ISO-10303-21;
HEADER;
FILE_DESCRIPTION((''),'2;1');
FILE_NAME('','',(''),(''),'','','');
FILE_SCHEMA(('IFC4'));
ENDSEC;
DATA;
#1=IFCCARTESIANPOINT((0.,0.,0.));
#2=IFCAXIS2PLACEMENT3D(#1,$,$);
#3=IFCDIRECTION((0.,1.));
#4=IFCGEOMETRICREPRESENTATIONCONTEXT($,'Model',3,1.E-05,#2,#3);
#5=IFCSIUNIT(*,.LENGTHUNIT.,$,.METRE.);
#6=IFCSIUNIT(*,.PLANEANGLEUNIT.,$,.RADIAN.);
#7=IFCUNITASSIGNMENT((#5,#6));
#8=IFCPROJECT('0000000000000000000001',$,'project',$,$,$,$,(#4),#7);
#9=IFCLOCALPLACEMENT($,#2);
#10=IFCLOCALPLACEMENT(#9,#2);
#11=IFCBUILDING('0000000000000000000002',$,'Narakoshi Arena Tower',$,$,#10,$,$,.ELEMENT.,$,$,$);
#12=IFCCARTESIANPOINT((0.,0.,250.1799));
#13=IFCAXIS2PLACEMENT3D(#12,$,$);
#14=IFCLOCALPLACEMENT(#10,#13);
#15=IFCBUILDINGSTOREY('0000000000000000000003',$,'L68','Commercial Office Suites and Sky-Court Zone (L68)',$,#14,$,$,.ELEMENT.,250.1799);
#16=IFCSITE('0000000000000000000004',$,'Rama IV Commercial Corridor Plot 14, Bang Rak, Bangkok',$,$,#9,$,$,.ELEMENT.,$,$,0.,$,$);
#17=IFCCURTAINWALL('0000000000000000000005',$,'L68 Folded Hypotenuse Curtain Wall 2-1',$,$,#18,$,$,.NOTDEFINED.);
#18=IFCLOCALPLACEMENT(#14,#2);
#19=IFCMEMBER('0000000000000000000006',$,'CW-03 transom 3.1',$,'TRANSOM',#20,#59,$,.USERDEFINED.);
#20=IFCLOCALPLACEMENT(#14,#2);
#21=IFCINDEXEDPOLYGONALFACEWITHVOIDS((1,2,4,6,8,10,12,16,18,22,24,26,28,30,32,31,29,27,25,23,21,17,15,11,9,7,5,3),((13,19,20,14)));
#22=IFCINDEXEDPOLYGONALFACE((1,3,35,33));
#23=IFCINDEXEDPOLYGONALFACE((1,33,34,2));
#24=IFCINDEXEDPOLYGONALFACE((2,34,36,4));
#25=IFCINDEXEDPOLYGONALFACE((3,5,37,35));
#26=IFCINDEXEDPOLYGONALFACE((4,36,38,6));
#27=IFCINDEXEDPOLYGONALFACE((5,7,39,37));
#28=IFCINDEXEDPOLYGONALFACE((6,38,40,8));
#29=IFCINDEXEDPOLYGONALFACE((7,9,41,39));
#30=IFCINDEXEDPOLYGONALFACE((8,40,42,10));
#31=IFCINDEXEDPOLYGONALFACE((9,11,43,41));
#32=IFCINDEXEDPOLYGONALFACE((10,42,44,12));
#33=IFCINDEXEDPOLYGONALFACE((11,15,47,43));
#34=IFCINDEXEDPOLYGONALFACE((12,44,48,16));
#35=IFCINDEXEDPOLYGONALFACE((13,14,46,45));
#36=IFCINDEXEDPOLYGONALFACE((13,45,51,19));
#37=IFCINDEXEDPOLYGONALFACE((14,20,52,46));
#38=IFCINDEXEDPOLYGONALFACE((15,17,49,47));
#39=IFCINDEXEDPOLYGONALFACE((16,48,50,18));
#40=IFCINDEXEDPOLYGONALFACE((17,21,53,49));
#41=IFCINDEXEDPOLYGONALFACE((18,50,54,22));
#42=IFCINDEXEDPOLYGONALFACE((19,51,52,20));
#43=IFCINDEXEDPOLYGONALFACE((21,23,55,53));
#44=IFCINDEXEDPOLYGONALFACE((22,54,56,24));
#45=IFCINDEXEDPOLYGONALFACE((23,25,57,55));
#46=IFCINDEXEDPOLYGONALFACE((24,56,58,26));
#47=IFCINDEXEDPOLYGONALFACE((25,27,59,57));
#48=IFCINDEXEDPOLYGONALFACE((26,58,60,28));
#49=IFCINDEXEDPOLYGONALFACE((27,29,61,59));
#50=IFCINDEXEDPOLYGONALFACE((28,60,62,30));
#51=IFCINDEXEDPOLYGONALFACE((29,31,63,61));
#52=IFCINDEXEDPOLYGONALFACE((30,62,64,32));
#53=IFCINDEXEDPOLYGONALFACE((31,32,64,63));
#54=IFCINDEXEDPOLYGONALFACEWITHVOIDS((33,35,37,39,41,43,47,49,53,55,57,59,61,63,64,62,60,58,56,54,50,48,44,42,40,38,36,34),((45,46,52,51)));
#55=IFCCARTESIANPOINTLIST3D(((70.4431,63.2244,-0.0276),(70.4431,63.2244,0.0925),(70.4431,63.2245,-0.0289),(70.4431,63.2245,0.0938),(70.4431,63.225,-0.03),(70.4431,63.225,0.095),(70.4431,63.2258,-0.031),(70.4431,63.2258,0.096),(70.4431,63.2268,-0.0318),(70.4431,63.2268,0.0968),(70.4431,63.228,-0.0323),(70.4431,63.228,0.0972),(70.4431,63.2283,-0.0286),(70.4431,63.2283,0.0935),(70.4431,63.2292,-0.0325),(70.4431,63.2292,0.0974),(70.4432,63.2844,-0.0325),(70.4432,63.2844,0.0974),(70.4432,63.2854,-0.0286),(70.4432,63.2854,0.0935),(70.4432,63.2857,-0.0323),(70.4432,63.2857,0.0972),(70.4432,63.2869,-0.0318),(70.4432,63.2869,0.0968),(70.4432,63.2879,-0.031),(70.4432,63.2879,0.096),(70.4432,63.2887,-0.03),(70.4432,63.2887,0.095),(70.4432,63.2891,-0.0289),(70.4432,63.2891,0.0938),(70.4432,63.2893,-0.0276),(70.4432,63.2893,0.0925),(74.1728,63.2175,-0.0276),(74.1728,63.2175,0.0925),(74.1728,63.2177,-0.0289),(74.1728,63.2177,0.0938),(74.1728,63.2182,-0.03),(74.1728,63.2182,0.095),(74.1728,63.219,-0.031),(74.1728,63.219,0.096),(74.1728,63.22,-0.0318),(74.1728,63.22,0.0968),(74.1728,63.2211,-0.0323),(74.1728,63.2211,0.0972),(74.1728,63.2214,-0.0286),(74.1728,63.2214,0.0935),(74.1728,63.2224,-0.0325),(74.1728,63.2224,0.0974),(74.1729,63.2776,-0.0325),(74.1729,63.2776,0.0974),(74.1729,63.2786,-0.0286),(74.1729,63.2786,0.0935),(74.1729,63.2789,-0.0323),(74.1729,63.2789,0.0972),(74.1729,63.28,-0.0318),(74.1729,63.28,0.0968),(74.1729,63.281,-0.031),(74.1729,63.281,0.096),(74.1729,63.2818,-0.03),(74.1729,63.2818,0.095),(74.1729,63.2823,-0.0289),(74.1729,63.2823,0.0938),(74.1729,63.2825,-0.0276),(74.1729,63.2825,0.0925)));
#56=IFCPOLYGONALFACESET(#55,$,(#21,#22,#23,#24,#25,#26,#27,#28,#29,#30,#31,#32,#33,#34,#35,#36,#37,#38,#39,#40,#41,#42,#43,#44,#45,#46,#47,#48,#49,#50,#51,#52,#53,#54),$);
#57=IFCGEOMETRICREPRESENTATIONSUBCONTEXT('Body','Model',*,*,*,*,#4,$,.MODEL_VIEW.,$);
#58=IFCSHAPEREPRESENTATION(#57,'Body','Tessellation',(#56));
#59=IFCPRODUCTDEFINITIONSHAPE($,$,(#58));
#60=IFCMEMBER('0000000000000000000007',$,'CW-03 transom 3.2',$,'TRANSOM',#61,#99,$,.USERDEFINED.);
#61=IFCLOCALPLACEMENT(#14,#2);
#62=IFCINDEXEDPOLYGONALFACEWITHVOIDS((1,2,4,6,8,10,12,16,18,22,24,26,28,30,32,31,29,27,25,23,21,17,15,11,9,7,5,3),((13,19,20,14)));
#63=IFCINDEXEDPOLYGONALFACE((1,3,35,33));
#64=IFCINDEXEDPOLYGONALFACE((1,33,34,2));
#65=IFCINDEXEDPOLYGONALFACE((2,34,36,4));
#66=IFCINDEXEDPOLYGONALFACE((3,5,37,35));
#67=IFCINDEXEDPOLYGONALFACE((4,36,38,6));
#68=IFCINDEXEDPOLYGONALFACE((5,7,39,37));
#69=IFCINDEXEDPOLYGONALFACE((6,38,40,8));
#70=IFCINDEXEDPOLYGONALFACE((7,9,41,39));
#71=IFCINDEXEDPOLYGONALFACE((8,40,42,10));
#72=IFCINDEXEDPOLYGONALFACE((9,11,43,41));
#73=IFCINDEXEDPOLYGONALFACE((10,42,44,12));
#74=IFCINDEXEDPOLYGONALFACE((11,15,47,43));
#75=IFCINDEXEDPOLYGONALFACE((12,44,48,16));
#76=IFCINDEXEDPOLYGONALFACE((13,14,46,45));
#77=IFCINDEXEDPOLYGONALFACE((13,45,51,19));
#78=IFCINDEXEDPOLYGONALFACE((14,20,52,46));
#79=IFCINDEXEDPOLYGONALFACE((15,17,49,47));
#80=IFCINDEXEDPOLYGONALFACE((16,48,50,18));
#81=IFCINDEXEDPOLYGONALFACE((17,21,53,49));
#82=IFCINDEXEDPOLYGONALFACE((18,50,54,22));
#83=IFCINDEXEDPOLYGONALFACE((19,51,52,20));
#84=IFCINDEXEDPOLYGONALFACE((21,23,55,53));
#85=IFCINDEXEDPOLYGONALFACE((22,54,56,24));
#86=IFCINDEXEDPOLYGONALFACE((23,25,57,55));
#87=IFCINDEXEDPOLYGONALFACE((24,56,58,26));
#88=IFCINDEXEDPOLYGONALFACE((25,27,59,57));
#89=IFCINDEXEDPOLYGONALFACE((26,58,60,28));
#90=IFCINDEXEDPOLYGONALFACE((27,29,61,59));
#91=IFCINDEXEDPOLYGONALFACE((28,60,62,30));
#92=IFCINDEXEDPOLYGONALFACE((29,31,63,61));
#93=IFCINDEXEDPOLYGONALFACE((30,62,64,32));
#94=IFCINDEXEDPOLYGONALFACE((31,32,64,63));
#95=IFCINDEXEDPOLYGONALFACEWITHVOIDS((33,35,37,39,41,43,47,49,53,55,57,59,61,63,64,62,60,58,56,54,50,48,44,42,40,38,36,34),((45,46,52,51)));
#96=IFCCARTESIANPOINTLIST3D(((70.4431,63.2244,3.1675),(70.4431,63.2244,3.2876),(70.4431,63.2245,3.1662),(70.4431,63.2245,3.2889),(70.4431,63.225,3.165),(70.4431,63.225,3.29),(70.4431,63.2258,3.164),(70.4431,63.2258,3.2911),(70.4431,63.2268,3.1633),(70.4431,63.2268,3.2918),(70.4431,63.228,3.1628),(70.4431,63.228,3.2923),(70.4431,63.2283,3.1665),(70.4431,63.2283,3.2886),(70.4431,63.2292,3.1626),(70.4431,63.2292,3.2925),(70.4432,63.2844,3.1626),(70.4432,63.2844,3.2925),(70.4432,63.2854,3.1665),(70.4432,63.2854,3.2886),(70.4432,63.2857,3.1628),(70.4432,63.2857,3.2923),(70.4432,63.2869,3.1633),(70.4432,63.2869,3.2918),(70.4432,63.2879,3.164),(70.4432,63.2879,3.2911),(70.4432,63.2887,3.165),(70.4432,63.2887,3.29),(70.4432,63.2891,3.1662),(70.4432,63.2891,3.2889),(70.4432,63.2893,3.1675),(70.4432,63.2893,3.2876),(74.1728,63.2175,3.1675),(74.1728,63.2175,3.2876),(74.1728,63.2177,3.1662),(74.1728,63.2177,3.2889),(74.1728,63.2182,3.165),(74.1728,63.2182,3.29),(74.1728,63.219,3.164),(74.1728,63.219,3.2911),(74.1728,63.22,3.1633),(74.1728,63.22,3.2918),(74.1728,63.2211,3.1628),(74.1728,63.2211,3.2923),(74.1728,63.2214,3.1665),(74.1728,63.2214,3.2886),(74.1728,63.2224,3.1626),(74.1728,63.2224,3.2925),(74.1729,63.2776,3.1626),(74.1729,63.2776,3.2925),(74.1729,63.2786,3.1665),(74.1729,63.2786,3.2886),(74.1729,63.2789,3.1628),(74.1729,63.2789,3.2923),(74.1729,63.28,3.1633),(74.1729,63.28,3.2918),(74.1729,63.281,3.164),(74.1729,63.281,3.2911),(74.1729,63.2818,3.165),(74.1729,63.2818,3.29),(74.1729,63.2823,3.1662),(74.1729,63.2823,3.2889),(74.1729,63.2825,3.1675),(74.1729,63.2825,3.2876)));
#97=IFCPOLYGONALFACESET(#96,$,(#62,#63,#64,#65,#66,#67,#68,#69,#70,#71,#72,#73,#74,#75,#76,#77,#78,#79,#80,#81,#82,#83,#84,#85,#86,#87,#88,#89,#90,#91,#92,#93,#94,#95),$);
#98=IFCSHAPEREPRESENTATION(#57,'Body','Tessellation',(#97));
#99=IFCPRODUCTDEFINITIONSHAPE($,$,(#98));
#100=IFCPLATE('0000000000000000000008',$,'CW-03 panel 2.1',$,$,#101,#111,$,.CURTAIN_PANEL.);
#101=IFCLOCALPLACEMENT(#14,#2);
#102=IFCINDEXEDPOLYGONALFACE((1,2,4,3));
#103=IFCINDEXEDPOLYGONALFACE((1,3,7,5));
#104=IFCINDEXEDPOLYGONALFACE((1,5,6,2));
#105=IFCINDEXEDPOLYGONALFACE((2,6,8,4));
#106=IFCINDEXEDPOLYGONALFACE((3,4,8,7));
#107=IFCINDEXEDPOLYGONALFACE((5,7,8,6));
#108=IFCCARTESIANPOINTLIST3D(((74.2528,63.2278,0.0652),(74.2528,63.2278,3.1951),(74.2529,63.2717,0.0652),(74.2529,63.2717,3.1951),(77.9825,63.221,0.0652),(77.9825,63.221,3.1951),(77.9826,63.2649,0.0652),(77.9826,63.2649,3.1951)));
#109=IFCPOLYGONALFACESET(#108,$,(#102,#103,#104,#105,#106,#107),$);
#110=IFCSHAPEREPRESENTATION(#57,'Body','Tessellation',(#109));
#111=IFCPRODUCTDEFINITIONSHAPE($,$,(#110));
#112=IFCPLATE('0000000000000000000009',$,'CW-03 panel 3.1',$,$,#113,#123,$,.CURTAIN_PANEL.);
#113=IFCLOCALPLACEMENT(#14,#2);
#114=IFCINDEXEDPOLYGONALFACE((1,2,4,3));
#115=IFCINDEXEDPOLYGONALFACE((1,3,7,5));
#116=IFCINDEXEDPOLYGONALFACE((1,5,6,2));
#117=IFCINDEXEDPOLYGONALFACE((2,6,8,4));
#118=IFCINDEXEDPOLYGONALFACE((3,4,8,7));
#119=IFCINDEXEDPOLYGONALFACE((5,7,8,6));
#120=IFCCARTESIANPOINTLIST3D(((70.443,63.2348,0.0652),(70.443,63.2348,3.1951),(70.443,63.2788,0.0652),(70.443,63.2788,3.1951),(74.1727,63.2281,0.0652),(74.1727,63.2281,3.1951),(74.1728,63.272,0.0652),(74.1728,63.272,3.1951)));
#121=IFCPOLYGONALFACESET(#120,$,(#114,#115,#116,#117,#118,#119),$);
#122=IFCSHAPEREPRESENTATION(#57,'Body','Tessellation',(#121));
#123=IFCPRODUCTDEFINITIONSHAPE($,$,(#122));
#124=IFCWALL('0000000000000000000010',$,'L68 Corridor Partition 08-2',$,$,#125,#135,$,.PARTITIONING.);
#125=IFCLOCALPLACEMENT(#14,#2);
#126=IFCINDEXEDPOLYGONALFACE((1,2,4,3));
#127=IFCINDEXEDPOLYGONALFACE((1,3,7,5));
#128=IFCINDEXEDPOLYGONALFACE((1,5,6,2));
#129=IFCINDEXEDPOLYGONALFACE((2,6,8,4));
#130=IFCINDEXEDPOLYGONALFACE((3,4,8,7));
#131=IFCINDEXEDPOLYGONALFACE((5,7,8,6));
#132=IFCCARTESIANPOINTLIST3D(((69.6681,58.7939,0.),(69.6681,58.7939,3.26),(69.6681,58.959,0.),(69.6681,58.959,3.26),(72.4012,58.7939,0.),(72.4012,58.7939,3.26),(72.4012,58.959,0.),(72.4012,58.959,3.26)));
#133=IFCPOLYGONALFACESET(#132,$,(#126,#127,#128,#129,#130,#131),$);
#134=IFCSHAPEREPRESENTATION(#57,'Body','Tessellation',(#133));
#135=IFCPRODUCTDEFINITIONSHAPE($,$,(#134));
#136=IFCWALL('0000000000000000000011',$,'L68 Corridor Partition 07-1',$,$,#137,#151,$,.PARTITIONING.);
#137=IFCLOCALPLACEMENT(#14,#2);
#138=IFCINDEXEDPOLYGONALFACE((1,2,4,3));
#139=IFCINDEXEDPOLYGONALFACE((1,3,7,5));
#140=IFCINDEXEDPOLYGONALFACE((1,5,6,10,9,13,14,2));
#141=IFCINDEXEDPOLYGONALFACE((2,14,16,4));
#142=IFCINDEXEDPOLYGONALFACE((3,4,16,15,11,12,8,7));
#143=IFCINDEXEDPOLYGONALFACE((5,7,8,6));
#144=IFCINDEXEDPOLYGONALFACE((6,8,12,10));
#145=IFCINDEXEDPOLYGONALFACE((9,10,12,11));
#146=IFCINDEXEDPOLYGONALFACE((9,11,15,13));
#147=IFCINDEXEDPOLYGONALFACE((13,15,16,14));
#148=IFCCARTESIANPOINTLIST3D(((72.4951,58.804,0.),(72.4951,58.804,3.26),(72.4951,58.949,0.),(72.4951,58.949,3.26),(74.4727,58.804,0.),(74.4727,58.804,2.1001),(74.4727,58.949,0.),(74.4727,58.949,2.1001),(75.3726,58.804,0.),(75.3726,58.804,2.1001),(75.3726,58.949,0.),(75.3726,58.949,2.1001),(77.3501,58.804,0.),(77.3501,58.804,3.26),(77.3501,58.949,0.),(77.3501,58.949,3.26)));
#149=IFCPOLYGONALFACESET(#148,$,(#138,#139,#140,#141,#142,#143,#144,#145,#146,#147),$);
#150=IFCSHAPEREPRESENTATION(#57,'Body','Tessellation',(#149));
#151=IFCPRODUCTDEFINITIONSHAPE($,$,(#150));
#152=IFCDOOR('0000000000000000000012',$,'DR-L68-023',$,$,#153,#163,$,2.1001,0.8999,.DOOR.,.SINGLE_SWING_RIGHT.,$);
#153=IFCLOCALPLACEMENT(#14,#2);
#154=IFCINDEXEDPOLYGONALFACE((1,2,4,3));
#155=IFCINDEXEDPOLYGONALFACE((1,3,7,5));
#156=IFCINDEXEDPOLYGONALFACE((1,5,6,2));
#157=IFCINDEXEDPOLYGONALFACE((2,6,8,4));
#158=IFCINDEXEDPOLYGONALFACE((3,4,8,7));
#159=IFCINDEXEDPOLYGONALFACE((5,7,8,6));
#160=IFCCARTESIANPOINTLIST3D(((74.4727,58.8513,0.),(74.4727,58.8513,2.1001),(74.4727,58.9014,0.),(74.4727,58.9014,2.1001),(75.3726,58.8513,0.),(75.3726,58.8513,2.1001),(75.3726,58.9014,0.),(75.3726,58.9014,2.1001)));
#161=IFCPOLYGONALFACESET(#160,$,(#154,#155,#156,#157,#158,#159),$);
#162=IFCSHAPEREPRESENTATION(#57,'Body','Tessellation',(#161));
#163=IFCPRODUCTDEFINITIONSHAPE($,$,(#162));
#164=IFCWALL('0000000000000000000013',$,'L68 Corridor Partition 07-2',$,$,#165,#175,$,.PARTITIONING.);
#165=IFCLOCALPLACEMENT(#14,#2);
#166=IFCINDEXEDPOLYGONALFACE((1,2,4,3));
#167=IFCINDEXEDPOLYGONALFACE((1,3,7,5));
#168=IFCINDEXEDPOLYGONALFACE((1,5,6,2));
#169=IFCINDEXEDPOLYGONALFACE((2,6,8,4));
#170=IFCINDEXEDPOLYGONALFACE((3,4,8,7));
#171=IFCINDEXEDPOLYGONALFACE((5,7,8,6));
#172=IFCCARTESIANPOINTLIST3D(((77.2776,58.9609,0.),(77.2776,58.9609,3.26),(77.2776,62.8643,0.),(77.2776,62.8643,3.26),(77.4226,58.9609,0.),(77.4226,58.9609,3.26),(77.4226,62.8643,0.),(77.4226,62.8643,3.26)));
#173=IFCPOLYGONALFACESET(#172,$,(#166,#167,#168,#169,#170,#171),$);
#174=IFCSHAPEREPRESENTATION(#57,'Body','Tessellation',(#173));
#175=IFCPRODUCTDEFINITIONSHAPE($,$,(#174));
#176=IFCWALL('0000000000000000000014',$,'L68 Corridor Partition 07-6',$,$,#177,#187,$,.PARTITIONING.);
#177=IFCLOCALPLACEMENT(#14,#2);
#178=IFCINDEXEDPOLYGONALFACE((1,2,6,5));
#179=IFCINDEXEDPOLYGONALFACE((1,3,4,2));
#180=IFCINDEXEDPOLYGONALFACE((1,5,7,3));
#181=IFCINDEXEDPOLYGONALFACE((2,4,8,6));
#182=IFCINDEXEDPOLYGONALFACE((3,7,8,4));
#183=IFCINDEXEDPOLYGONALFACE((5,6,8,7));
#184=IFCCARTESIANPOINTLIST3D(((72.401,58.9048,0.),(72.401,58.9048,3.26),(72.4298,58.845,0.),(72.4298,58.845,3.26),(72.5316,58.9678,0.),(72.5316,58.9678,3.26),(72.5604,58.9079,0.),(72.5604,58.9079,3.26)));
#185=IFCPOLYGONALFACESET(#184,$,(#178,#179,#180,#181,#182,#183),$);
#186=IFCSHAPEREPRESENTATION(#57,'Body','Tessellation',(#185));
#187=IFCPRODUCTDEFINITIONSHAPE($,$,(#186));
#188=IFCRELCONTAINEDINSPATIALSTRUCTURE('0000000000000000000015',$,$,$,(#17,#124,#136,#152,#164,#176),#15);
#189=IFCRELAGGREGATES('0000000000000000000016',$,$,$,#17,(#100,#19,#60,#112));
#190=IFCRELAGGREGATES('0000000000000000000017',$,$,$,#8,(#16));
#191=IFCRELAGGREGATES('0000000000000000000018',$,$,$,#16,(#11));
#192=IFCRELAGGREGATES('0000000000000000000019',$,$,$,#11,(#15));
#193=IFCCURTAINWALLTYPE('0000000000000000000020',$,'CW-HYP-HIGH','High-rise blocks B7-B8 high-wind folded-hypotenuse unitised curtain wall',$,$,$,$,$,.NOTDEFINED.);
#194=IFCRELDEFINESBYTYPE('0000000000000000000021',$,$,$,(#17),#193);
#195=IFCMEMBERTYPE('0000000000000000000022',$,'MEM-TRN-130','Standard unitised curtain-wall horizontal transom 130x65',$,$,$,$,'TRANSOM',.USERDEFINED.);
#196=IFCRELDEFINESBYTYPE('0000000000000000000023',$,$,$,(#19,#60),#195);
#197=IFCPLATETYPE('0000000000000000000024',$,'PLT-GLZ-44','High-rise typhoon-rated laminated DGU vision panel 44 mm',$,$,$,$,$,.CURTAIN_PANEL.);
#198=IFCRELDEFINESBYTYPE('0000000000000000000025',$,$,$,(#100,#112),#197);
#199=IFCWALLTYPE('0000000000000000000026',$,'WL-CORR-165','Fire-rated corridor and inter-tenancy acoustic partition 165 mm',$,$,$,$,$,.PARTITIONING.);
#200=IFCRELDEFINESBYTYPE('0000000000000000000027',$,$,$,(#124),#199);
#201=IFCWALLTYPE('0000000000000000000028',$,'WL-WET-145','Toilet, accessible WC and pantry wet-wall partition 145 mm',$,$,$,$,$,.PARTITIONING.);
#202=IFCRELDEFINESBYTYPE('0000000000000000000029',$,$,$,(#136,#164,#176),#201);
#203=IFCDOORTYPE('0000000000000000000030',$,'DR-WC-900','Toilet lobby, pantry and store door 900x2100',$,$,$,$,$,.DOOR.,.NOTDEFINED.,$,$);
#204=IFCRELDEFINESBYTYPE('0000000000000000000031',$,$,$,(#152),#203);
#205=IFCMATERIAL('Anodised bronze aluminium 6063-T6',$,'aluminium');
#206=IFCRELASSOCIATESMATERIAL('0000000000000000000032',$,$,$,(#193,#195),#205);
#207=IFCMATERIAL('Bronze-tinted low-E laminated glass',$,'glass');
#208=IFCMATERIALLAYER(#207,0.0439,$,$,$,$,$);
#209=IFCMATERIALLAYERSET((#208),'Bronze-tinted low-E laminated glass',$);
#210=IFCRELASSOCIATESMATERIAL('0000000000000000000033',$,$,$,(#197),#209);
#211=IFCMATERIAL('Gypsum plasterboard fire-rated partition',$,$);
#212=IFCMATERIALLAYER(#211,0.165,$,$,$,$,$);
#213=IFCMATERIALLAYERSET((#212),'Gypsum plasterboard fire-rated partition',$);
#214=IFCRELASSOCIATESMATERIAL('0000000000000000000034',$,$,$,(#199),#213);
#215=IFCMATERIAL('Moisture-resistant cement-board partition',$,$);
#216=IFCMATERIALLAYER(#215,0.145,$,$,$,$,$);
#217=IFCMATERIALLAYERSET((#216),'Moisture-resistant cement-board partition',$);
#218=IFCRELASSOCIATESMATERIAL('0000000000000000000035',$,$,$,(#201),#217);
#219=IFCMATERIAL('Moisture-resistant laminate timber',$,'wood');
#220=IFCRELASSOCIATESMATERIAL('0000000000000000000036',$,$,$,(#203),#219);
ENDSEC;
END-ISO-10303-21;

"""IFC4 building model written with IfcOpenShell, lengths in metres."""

from ifc_helpers import new_model, si_unit, direction, frame, frame_2d, origin, origin_2d, place, context, subcontext, project, spatial, rectangle, hollow_rectangle, extrude, material, layer, layer_set, material_profile, profile_set, type_object, element, fill, aggregate, save


model = new_model("IFC4")

# Units and contexts
model_context = context("Model", 3, precision=1e-05, world=origin(), true_north=direction((0.0, 1.0)))
body_context = subcontext(model_context, "Body", "Model", "MODEL_VIEW")
ifc_project = project(units=[si_unit("LENGTHUNIT", "METRE"), si_unit("PLANEANGLEUNIT", "RADIAN")], contexts=[model_context])

# Site, building, storey
site_placement = place(None, origin())
site = spatial("IfcSite", under=ifc_project, at=site_placement, Name="Rama IV Commercial Corridor Plot 14, Bang Rak, Bangkok", CompositionType="ELEMENT", RefElevation=0.0)
building_placement = place(site_placement, origin())
building = spatial("IfcBuilding", under=site, at=building_placement, Name="Narakoshi Arena Tower", CompositionType="ELEMENT")
storey_placement = place(building_placement, frame((0.0, 0.0, 250.1799)))
storey = spatial("IfcBuildingStorey", under=building, at=storey_placement, Name="L68", Description="Commercial Office Suites and Sky-Court Zone (L68)", CompositionType="ELEMENT", Elevation=250.1799)

# Curtain wall, members, plates
ifc_material_1 = material(Name="Anodised bronze aluminium 6063-T6", Category="aluminium")
curtain_wall_type = type_object("IfcCurtainWallType", Name="CW-HYP-HIGH", Description="High-rise blocks B7-B8 high-wind folded-hypotenuse unitised curtain wall", PredefinedType="NOTDEFINED", material=ifc_material_1)
curtain_wall_placement = place(storey_placement, origin())
curtain_wall = element("IfcCurtainWall", 1, at=curtain_wall_placement, inside=storey, type_object=curtain_wall_type, Name="L68 Folded Hypotenuse Curtain Wall 2-1", PredefinedType="NOTDEFINED")
ifc_material_profile_1 = material_profile(ifc_material_1, hollow_rectangle(XDim=0.0649, YDim=0.1299, WallThickness=0.0039, OuterFilletRadius=0.0049, at=origin_2d()), Name="TRN130x65x4")
ifc_profile_set_1 = profile_set([ifc_material_profile_1], Name="Anodised bronze aluminium 6063-T6")
member_type_1 = type_object("IfcMemberType", Name="MEM-TRN-130", Description="Standard unitised curtain-wall horizontal transom 130x65", ElementType="TRANSOM", PredefinedType="USERDEFINED", material=ifc_profile_set_1)
member_1_placement = place(storey_placement, frame((74.1729, 63.25, 0.0325), z_axis=(-0.999998, 0.001833, 0.0), x_axis=(-0.001833, -0.999998, 0.0)))
member_1 = element("IfcMember", 2, at=member_1_placement, type_object=member_type_1, Name="CW-03 transom 3.1", ObjectType="TRANSOM", PredefinedType="USERDEFINED", context=body_context, shape_type="SweptSolid", body=[
    extrude(hollow_rectangle(XDim=0.0649, YDim=0.1299, WallThickness=0.0039, OuterFilletRadius=0.0049, at=origin_2d()), origin(), (0.0, 0.0, 1.0), 3.7297),
])
member_2_placement = place(storey_placement, frame((74.1729, 63.25, 3.2275), z_axis=(-0.999998, 0.001833, 0.0), x_axis=(-0.001833, -0.999998, 0.0)))
member_2 = element("IfcMember", 3, at=member_2_placement, type_object=member_type_1, Name="CW-03 transom 3.2", ObjectType="TRANSOM", PredefinedType="USERDEFINED", context=body_context, shape_type="SweptSolid", body=[
    extrude(hollow_rectangle(XDim=0.0649, YDim=0.1299, WallThickness=0.0039, OuterFilletRadius=0.0049, at=origin_2d()), origin(), (0.0, 0.0, 1.0), 3.7297),
])
ifc_material_2 = material(Name="Bronze-tinted low-E laminated glass", Category="glass")
ifc_layer_1 = layer(ifc_material_2, 0.0439)
ifc_layer_set_1 = layer_set([ifc_layer_1], Name="Bronze-tinted low-E laminated glass")
plate_type = type_object("IfcPlateType", Name="PLT-GLZ-44", Description="High-rise typhoon-rated laminated DGU vision panel 44 mm", PredefinedType="CURTAIN_PANEL", material=ifc_layer_set_1)
plate_1_placement = place(storey_placement, frame((76.1177, 63.2463, 0.0652), z_axis=(0.0, 0.0, 1.0), x_axis=(-0.999998, 0.00182, 0.0)))
plate_1 = element("IfcPlate", 4, at=plate_1_placement, type_object=plate_type, Name="CW-03 panel 2.1", PredefinedType="CURTAIN_PANEL", context=body_context, shape_type="SweptSolid", body=[
    extrude(rectangle(XDim=3.7297, YDim=0.0439, at=origin_2d()), origin(), (0.0, 0.0, 1.0), 3.1299),
])
plate_2_placement = place(storey_placement, frame((72.3079, 63.2534, 0.0652), z_axis=(0.0, 0.0, 1.0), x_axis=(-0.999998, 0.00182, 0.0)))
plate_2 = element("IfcPlate", 5, at=plate_2_placement, type_object=plate_type, Name="CW-03 panel 3.1", PredefinedType="CURTAIN_PANEL", context=body_context, shape_type="SweptSolid", body=[
    extrude(rectangle(XDim=3.7297, YDim=0.0439, at=origin_2d()), origin(), (0.0, 0.0, 1.0), 3.1299),
])
aggregate(curtain_wall, [plate_1, member_1, member_2, plate_2])

# Wall
ifc_material_3 = material(Name="Gypsum plasterboard fire-rated partition")
ifc_layer_2 = layer(ifc_material_3, 0.165)
ifc_layer_set_2 = layer_set([ifc_layer_2], Name="Gypsum plasterboard fire-rated partition")
wall_type_1 = type_object("IfcWallType", Name="WL-CORR-165", Description="Fire-rated corridor and inter-tenancy acoustic partition 165 mm", PredefinedType="PARTITIONING", material=ifc_layer_set_2)
wall_1_placement = place(storey_placement, frame((72.4014, 58.8765, 0.0), z_axis=(0.0, 0.0, 1.0), x_axis=(-1.0, 0.0, 0.0)))
element("IfcWall", 6, at=wall_1_placement, inside=storey, type_object=wall_type_1, Name="L68 Corridor Partition 08-2", PredefinedType="PARTITIONING", context=body_context, shape_type="SweptSolid", body=[
    extrude(rectangle(XDim=2.7332, YDim=0.165, at=frame_2d((1.3667, 0.0))), origin(), (0.0, 0.0, 1.0), 3.26),
])

# Wall, opening, door
ifc_material_4 = material(Name="Moisture-resistant cement-board partition")
ifc_layer_3 = layer(ifc_material_4, 0.145)
ifc_layer_set_3 = layer_set([ifc_layer_3], Name="Moisture-resistant cement-board partition")
wall_type_2 = type_object("IfcWallType", Name="WL-WET-145", Description="Toilet, accessible WC and pantry wet-wall partition 145 mm", PredefinedType="PARTITIONING", material=ifc_layer_set_3)
wall_2_placement = place(storey_placement, frame((77.3501, 58.8765, 0.0), z_axis=(0.0, 0.0, 1.0), x_axis=(-1.0, 0.0, 0.0)))
wall_2 = element("IfcWall", 7, at=wall_2_placement, inside=storey, type_object=wall_type_2, Name="L68 Corridor Partition 07-1", PredefinedType="PARTITIONING", context=body_context, shape_type="SweptSolid", body=[
    extrude(rectangle(XDim=4.855, YDim=0.145, at=frame_2d((2.4275, 0.0))), origin(), (0.0, 0.0, 1.0), 3.26),
])
opening_placement = place(wall_2_placement, frame((1.9775, 0.0, 0.0)))
opening = element("IfcOpeningElement", 8, at=opening_placement, cuts=wall_2, PredefinedType="OPENING", context=body_context, shape_type="SweptSolid", body=[
    extrude(rectangle(XDim=0.8999, YDim=2.1001, at=frame_2d((0.45, 1.05))), frame((0.0, 0.0825, 0.0), z_axis=(0.0, -1.0, 0.0), x_axis=(1.0, 0.0, 0.0)), (0.0, 0.0, 1.0), 0.165),
])
ifc_material_5 = material(Name="Moisture-resistant laminate timber", Category="wood")
door_type = type_object("IfcDoorType", Name="DR-WC-900", Description="Toilet lobby, pantry and store door 900x2100", OperationType="NOTDEFINED", PredefinedType="DOOR", material=ifc_material_5)
door_placement = place(opening_placement, frame((0.8999, 0.0, 0.0), z_axis=(0.0, 0.0, 1.0), x_axis=(-1.0, 0.0, 0.0)))
door = element("IfcDoor", 9, at=door_placement, inside=storey, type_object=door_type, Name="DR-L68-023", OperationType="SINGLE_SWING_RIGHT", OverallHeight=2.1001, OverallWidth=0.8999, PredefinedType="DOOR", context=body_context, shape_type="SweptSolid", body=[
    extrude(rectangle(XDim=0.8999, YDim=2.1001, at=frame_2d((0.45, 1.05))), frame((0.0, 0.0249, 0.0), z_axis=(0.0, -1.0, 0.0), x_axis=(1.0, 0.0, 0.0)), (0.0, 0.0, 1.0), 0.05),
])
fill(opening, door)

# Walls
wall_3_placement = place(storey_placement, frame((77.3501, 62.8643, 0.0), z_axis=(0.0, 0.0, 1.0), x_axis=(0.0, -1.0, 0.0)))
element("IfcWall", 10, at=wall_3_placement, inside=storey, type_object=wall_type_2, Name="L68 Corridor Partition 07-2", PredefinedType="PARTITIONING", context=body_context, shape_type="SweptSolid", body=[
    extrude(rectangle(XDim=3.9033, YDim=0.145, at=frame_2d((1.9517, 0.0))), origin(), (0.0, 0.0, 1.0), 3.26),
])
wall_4_placement = place(storey_placement, frame((72.4951, 58.8765, 0.0), z_axis=(0.0, 0.0, 1.0), x_axis=(-0.433926, 0.900948, 0.0)))
element("IfcWall", 11, at=wall_4_placement, inside=storey, type_object=wall_type_2, Name="L68 Corridor Partition 07-6", PredefinedType="PARTITIONING", context=body_context, shape_type="SweptSolid", body=[
    extrude(rectangle(XDim=0.0664, YDim=0.145, at=frame_2d((0.0332, 0.0))), origin(), (0.0, 0.0, 1.0), 3.26),
])

save(model, "model.ifc")
